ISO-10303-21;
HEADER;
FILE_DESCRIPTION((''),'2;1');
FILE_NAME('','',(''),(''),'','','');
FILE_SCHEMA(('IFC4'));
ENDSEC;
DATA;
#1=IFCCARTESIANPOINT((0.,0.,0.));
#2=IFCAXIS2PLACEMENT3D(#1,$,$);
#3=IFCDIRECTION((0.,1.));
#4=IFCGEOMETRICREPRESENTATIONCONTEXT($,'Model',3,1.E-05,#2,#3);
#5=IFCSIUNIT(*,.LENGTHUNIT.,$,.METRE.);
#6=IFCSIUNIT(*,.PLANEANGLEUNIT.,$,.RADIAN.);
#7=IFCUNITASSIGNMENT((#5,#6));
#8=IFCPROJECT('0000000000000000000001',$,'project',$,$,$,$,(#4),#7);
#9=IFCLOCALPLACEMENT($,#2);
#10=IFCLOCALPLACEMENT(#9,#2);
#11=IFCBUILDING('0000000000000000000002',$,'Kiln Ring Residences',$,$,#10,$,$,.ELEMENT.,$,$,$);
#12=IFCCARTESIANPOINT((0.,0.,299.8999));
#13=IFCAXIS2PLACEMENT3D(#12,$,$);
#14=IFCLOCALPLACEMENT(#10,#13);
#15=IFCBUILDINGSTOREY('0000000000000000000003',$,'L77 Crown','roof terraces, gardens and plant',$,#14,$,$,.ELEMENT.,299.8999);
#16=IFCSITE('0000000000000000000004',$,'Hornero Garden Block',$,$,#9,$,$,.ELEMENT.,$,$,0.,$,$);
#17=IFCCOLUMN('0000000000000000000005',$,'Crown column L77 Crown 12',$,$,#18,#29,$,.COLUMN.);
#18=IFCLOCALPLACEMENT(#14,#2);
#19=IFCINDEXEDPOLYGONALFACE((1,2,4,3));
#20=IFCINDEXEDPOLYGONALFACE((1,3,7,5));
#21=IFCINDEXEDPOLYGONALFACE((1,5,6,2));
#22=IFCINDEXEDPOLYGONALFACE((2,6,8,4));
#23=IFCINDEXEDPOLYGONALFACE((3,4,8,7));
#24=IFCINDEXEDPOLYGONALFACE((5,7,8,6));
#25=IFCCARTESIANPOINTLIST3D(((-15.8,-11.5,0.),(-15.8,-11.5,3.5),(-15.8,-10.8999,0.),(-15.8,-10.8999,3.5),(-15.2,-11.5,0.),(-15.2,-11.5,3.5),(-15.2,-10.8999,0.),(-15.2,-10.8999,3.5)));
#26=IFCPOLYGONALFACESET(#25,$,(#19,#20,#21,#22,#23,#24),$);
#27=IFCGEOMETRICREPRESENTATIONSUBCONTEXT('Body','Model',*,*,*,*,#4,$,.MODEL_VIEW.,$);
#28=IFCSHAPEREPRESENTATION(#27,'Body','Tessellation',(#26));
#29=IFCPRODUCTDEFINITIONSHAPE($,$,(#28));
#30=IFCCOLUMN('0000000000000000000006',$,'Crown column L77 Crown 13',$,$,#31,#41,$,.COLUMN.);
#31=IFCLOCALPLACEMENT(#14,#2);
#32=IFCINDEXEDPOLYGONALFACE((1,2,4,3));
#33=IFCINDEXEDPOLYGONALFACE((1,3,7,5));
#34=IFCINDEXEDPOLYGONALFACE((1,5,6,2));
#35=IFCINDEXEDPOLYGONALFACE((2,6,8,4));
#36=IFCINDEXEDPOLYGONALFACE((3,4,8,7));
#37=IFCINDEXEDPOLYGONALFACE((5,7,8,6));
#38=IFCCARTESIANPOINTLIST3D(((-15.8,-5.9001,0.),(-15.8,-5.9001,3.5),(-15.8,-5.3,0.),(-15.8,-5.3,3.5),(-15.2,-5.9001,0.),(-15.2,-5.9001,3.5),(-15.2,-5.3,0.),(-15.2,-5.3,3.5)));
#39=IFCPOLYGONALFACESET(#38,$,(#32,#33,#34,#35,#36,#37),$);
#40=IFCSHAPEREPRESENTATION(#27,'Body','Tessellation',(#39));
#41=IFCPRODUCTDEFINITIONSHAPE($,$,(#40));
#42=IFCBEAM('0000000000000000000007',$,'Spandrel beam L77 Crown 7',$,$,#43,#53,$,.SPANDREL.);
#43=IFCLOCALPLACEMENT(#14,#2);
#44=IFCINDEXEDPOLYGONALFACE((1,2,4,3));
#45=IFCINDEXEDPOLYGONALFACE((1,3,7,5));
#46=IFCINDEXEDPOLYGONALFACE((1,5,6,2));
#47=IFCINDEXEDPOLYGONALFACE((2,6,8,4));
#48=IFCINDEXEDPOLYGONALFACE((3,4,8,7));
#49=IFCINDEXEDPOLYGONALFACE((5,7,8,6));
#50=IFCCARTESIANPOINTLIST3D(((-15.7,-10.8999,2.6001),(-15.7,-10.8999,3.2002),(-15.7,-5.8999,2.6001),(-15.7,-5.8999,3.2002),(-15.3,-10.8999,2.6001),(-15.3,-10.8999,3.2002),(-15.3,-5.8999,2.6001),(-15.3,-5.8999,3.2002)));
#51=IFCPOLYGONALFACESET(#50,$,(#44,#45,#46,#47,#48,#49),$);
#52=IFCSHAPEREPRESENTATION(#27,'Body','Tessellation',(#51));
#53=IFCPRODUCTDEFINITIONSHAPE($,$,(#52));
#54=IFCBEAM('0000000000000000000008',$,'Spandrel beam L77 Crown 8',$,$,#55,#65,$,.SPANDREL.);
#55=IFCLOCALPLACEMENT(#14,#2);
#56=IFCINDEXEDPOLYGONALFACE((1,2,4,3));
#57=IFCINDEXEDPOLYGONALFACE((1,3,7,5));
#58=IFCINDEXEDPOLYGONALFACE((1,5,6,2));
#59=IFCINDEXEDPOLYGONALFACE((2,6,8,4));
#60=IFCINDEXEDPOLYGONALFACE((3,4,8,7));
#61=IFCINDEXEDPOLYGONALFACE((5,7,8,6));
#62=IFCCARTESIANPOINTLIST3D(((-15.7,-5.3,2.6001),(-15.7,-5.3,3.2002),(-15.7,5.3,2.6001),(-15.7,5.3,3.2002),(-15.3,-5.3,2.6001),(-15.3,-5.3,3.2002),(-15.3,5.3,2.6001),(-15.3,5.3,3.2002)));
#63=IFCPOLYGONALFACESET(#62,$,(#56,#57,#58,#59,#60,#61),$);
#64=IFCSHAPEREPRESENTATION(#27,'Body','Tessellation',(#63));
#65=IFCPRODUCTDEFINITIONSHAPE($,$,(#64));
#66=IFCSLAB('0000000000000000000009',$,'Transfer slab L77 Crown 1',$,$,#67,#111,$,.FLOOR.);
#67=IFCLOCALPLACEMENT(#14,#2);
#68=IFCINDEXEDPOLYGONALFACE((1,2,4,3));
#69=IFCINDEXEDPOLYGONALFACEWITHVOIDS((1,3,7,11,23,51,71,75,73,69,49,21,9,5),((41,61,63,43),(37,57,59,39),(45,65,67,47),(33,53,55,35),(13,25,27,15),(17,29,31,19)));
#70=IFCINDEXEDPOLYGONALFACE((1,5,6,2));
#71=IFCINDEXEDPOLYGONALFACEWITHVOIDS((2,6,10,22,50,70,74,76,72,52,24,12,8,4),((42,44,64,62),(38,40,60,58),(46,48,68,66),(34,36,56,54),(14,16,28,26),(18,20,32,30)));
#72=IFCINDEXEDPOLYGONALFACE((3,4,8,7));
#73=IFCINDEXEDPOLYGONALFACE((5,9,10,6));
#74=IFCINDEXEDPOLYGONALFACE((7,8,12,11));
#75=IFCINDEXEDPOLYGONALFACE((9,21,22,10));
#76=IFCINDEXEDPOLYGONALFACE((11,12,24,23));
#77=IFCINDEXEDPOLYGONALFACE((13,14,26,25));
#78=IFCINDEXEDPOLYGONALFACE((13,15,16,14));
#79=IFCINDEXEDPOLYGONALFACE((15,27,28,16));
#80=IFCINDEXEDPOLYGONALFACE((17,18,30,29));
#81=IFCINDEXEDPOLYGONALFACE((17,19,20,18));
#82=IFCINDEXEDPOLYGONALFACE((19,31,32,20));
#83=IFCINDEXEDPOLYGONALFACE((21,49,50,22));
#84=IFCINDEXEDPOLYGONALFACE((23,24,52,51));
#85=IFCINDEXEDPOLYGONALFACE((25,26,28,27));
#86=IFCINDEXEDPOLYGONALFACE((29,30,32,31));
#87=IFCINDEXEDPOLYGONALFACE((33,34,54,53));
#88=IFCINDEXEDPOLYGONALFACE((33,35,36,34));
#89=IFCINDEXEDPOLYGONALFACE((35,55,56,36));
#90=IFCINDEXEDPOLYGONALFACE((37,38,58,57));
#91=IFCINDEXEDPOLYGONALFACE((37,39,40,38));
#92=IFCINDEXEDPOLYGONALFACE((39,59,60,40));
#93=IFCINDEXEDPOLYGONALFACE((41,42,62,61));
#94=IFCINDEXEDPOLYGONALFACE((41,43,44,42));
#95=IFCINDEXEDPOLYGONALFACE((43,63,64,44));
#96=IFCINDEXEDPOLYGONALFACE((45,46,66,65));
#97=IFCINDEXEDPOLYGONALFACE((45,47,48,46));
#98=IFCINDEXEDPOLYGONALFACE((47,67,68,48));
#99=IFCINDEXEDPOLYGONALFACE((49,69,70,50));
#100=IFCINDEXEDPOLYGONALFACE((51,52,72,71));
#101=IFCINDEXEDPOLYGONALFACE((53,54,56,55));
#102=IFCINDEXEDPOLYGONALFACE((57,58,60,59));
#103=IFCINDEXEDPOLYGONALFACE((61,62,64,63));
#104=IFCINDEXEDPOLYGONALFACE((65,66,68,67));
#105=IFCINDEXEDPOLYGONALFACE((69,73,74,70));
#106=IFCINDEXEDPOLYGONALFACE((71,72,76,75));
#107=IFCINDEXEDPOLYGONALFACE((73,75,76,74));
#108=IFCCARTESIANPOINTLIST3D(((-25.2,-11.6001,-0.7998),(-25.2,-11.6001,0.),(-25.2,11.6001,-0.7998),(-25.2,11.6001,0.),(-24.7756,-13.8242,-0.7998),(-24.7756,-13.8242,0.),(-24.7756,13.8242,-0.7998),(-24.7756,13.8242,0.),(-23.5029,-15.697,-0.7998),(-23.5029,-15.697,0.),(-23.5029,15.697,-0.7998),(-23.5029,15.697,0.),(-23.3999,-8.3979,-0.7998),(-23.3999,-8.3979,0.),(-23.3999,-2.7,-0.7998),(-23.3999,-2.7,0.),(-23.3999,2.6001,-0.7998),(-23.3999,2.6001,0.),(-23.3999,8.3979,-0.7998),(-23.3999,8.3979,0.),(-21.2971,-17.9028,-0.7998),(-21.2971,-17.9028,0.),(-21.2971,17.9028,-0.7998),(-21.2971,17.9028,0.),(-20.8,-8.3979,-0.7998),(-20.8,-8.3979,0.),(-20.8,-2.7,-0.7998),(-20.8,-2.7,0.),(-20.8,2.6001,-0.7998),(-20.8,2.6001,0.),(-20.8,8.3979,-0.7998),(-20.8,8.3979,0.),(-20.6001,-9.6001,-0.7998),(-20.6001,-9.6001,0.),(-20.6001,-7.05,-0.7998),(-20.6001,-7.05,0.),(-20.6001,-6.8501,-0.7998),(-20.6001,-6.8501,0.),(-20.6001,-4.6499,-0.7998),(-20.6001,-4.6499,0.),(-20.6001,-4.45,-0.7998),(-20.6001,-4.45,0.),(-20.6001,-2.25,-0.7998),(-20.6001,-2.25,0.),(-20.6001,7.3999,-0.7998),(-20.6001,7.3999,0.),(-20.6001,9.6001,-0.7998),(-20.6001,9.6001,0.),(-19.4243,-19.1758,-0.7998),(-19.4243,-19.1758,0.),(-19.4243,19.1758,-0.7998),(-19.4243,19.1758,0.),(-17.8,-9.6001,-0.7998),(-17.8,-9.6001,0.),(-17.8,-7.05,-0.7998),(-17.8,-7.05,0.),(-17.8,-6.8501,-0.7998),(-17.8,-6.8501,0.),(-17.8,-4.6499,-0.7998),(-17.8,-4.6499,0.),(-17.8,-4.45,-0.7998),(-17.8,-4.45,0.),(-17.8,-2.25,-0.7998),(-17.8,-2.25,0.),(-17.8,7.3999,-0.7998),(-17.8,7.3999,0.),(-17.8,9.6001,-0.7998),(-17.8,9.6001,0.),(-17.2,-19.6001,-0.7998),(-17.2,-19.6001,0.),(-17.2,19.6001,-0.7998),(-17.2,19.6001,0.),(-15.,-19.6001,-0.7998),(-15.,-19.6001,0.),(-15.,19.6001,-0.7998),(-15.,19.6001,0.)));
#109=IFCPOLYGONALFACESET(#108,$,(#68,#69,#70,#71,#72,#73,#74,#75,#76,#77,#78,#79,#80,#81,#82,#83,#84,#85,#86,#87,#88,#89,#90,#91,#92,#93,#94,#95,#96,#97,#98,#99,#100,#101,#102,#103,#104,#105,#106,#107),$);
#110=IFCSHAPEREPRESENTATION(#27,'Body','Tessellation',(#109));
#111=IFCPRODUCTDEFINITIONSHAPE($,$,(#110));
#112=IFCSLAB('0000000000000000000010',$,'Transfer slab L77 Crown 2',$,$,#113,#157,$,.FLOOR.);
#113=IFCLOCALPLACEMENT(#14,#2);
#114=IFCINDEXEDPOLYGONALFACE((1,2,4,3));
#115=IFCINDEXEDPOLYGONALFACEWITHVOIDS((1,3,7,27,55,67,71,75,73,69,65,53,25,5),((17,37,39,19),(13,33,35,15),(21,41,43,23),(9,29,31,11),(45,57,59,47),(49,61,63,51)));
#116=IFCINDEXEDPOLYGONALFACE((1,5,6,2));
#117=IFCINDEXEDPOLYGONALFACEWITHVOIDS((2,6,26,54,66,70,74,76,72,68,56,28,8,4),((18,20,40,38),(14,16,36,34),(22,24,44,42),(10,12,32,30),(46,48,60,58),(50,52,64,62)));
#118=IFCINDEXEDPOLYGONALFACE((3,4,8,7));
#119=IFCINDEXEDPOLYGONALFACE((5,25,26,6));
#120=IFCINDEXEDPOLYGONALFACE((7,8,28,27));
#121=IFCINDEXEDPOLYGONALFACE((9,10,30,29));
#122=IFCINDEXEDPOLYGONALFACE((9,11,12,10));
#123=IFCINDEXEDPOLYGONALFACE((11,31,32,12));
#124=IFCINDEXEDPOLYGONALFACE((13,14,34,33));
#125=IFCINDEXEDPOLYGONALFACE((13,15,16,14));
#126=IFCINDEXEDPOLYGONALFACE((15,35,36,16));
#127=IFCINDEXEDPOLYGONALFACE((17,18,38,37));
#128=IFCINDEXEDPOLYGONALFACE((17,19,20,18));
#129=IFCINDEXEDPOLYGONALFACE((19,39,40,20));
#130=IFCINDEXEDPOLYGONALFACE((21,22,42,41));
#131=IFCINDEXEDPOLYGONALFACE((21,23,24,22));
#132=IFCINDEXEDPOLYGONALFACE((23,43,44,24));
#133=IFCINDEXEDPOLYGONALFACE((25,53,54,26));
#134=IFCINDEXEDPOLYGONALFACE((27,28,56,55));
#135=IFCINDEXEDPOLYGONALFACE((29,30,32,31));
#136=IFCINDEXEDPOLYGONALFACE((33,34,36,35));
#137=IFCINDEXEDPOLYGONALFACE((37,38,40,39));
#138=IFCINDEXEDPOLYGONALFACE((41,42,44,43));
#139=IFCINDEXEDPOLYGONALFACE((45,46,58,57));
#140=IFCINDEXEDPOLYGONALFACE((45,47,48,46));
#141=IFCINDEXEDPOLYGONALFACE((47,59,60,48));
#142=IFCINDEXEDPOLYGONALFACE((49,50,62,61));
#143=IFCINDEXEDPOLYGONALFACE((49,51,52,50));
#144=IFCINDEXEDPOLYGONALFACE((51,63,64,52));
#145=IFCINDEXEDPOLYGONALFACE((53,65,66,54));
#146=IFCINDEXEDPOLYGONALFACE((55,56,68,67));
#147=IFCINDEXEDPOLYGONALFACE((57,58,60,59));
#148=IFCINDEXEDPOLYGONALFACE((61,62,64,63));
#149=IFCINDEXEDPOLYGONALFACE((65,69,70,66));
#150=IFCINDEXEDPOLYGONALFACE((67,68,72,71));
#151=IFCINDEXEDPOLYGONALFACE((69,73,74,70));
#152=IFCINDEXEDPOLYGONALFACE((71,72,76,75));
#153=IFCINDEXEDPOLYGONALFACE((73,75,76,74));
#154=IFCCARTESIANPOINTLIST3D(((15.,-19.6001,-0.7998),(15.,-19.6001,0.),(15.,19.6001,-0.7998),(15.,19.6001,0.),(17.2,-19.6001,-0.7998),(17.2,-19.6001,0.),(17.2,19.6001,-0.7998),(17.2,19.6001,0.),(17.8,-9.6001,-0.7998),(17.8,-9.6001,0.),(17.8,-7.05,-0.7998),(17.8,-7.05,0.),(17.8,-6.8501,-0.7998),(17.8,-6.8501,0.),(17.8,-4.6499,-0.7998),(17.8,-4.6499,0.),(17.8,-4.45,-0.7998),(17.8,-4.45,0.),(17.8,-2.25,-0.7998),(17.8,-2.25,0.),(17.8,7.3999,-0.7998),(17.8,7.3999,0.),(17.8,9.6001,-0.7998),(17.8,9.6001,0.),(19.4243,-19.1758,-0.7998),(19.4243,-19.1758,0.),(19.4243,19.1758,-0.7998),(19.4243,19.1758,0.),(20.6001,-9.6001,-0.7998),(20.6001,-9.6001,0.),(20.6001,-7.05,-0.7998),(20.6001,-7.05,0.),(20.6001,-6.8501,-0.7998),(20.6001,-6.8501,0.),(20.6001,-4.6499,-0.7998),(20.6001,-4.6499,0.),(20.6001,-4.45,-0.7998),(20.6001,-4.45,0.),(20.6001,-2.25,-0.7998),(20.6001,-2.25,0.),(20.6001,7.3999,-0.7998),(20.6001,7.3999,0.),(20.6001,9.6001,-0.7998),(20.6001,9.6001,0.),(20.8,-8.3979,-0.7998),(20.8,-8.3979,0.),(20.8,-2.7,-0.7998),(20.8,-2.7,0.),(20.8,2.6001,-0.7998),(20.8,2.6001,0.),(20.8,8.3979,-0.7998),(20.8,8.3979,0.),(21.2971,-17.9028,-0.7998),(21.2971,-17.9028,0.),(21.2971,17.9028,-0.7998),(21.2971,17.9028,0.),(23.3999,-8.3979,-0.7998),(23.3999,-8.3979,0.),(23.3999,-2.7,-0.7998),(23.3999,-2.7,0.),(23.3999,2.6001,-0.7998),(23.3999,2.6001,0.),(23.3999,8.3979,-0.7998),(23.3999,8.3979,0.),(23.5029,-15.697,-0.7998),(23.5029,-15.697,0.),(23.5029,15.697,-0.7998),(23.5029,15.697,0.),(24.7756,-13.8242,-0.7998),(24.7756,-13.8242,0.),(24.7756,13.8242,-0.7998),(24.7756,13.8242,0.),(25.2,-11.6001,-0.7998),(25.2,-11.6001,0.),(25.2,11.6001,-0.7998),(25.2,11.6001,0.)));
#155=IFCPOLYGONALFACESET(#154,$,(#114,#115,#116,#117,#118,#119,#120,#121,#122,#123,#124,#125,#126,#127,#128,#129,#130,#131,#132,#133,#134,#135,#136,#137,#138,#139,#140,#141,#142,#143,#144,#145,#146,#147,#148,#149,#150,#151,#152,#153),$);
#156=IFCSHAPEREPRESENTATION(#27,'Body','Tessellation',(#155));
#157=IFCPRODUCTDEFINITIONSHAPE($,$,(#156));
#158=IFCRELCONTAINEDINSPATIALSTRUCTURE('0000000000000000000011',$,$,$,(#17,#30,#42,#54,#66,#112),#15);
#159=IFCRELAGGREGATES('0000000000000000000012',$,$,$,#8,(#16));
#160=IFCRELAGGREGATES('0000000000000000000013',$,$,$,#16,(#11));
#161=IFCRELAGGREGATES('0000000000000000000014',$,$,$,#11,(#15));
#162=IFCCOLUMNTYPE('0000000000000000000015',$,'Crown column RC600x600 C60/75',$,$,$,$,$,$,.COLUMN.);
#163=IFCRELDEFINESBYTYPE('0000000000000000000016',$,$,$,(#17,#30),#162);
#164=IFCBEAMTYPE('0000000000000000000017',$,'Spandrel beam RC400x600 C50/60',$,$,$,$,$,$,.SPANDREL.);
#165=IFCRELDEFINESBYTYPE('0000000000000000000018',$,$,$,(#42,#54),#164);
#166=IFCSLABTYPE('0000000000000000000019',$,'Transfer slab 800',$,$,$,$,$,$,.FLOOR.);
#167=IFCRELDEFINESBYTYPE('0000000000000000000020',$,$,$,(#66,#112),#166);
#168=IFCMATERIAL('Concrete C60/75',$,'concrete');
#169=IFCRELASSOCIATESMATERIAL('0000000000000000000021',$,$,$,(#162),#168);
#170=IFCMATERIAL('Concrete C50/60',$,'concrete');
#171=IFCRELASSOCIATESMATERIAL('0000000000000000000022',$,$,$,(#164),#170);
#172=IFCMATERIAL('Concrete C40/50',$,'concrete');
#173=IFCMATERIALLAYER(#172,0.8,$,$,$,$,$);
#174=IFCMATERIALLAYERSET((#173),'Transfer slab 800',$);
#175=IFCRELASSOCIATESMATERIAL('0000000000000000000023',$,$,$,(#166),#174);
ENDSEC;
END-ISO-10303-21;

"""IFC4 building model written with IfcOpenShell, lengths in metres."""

from ifc_helpers import new_model, si_unit, direction, frame, origin, origin_2d, place, context, subcontext, project, spatial, polyline, rectangle, outline, extrude, material, layer, layer_set, material_profile, profile_set, type_object, element, save


model = new_model("IFC4")

# Units and contexts
model_context = context("Model", 3, precision=1e-05, world=origin(), true_north=direction((0.0, 1.0)))
body_context = subcontext(model_context, "Body", "Model", "MODEL_VIEW")
ifc_project = project(units=[si_unit("LENGTHUNIT", "METRE"), si_unit("PLANEANGLEUNIT", "RADIAN")], contexts=[model_context])

# Site, building, storey
site_placement = place(None, origin())
site = spatial("IfcSite", under=ifc_project, at=site_placement, Name="Hornero Garden Block", CompositionType="ELEMENT", RefElevation=0.0)
building_placement = place(site_placement, origin())
building = spatial("IfcBuilding", under=site, at=building_placement, Name="Kiln Ring Residences", CompositionType="ELEMENT")
storey_placement = place(building_placement, frame((0.0, 0.0, 299.8999)))
storey = spatial("IfcBuildingStorey", under=building, at=storey_placement, Name="L77 Crown", Description="roof terraces, gardens and plant", CompositionType="ELEMENT", Elevation=299.8999)

# Columns
ifc_material_1 = material(Name="Concrete C60/75", Category="concrete")
ifc_material_profile_1 = material_profile(ifc_material_1, rectangle(XDim=0.6001, YDim=0.6001, at=origin_2d()), Name="RC600x600")
ifc_profile_set_1 = profile_set([ifc_material_profile_1], Name="Concrete C60/75")
column_type = type_object("IfcColumnType", Name="Crown column RC600x600 C60/75", PredefinedType="COLUMN", material=ifc_profile_set_1)
for number, where, z_axis, x_axis, name in (
    (1, (-15.5, -11.2, 0.0), (0.0, 0.0, 1.0), (1.0, 0.0, 0.0), "Crown column L77 Crown 12"),
    (2, (-15.5, -5.6001, 0.0), (0.0, 0.0, 1.0), (1.0, 0.0, 0.0), "Crown column L77 Crown 13"),
):
    element("IfcColumn", number, at=place(storey_placement, frame(where, z_axis=z_axis, x_axis=x_axis)), inside=storey, type_object=column_type, Name=name, PredefinedType="COLUMN", context=body_context, shape_type="SweptSolid", body=[
        extrude(rectangle(XDim=0.6001, YDim=0.6001, at=origin_2d()), origin(), (0.0, 0.0, 1.0), 3.5),
    ])

# Beams
ifc_material_2 = material(Name="Concrete C50/60", Category="concrete")
ifc_material_profile_2 = material_profile(ifc_material_2, rectangle(XDim=0.3999, YDim=0.6001, at=origin_2d()), Name="RC400x600")
ifc_profile_set_2 = profile_set([ifc_material_profile_2], Name="Concrete C50/60")
beam_type = type_object("IfcBeamType", Name="Spandrel beam RC400x600 C50/60", PredefinedType="SPANDREL", material=ifc_profile_set_2)
beam_1_placement = place(storey_placement, frame((-15.5, -10.8999, 2.9001), z_axis=(0.0, 1.0, 0.0), x_axis=(-1.0, 0.0, 0.0)))
element("IfcBeam", 3, at=beam_1_placement, inside=storey, type_object=beam_type, Name="Spandrel beam L77 Crown 7", PredefinedType="SPANDREL", context=body_context, shape_type="SweptSolid", body=[
    extrude(rectangle(XDim=0.3999, YDim=0.6001, at=origin_2d()), origin(), (0.0, 0.0, 1.0), 5.0),
])
beam_2_placement = place(storey_placement, frame((-15.5, -5.3, 2.9001), z_axis=(0.0, 1.0, 0.0), x_axis=(-1.0, 0.0, 0.0)))
element("IfcBeam", 4, at=beam_2_placement, inside=storey, type_object=beam_type, Name="Spandrel beam L77 Crown 8", PredefinedType="SPANDREL", context=body_context, shape_type="SweptSolid", body=[
    extrude(rectangle(XDim=0.3999, YDim=0.6001, at=origin_2d()), origin(), (0.0, 0.0, 1.0), 10.6001),
])

# Slabs
ifc_material_3 = material(Name="Concrete C40/50", Category="concrete")
ifc_layer_1 = layer(ifc_material_3, 0.8)
ifc_layer_set_1 = layer_set([ifc_layer_1], Name="Transfer slab 800")
slab_type = type_object("IfcSlabType", Name="Transfer slab 800", PredefinedType="FLOOR", material=ifc_layer_set_1)
placement = place(storey_placement, frame((0.0, 0.0, -0.7998)))
element("IfcSlab", 5, at=placement, inside=storey, type_object=slab_type, Name="Transfer slab L77 Crown 1", PredefinedType="FLOOR", context=body_context, shape_type="SweptSolid", body=[
    extrude(outline(polyline([(-21.2971, -17.9028), (-19.4243, -19.1758), (-17.2, -19.6001), (-15.0, -19.6001), (-15.0, 19.6001), (-17.2, 19.6001), (-19.4243, 19.1758), (-21.2971, 17.9028), (-23.5029, 15.697), (-24.7756, 13.8242), (-25.2, 11.6001), (-25.2, -11.6001), (-24.7756, -13.8242), (-23.5029, -15.697), (-21.2971, -17.9028)]), holes=[polyline([(-17.8, -7.05), (-17.8, -9.6001), (-20.6001, -9.6001), (-20.6001, -7.05), (-17.8, -7.05)]), polyline([(-17.8, -6.8501), (-20.6001, -6.8501), (-20.6001, -4.6499), (-17.8, -4.6499), (-17.8, -6.8501)]), polyline([(-17.8, -2.25), (-17.8, -4.45), (-20.6001, -4.45), (-20.6001, -2.25), (-17.8, -2.25)]), polyline([(-17.8, 7.3999), (-20.6001, 7.3999), (-20.6001, 9.6001), (-17.8, 9.6001), (-17.8, 7.3999)]), polyline([(-20.8, -8.3979), (-23.3999, -8.3979), (-23.3999, -2.7), (-20.8, -2.7), (-20.8, -8.3979)]), polyline([(-20.8, 2.6001), (-23.3999, 2.6001), (-23.3999, 8.3979), (-20.8, 8.3979), (-20.8, 2.6001)])]), origin(), (0.0, 0.0, 1.0), 0.7998),
])
element("IfcSlab", 6, at=placement, inside=storey, type_object=slab_type, Name="Transfer slab L77 Crown 2", PredefinedType="FLOOR", context=body_context, shape_type="SweptSolid", body=[
    extrude(outline(polyline([(15.0, 19.6001), (15.0, -19.6001), (17.2, -19.6001), (19.4243, -19.1758), (21.2971, -17.9028), (23.5029, -15.697), (24.7756, -13.8242), (25.2, -11.6001), (25.2, 11.6001), (24.7756, 13.8242), (23.5029, 15.697), (21.2971, 17.9028), (19.4243, 19.1758), (17.2, 19.6001), (15.0, 19.6001)]), holes=[polyline([(20.8, -8.3979), (20.8, -2.7), (23.3999, -2.7), (23.3999, -8.3979), (20.8, -8.3979)]), polyline([(20.8, 2.6001), (20.8, 8.3979), (23.3999, 8.3979), (23.3999, 2.6001), (20.8, 2.6001)]), polyline([(17.8, -6.8501), (17.8, -4.6499), (20.6001, -4.6499), (20.6001, -6.8501), (17.8, -6.8501)]), polyline([(17.8, 7.3999), (17.8, 9.6001), (20.6001, 9.6001), (20.6001, 7.3999), (17.8, 7.3999)]), polyline([(20.6001, -9.6001), (17.8, -9.6001), (17.8, -7.05), (20.6001, -7.05), (20.6001, -9.6001)]), polyline([(20.6001, -4.45), (17.8, -4.45), (17.8, -2.25), (20.6001, -2.25), (20.6001, -4.45)])]), origin(), (0.0, 0.0, 1.0), 0.7998),
])

save(model, "model.ifc")
